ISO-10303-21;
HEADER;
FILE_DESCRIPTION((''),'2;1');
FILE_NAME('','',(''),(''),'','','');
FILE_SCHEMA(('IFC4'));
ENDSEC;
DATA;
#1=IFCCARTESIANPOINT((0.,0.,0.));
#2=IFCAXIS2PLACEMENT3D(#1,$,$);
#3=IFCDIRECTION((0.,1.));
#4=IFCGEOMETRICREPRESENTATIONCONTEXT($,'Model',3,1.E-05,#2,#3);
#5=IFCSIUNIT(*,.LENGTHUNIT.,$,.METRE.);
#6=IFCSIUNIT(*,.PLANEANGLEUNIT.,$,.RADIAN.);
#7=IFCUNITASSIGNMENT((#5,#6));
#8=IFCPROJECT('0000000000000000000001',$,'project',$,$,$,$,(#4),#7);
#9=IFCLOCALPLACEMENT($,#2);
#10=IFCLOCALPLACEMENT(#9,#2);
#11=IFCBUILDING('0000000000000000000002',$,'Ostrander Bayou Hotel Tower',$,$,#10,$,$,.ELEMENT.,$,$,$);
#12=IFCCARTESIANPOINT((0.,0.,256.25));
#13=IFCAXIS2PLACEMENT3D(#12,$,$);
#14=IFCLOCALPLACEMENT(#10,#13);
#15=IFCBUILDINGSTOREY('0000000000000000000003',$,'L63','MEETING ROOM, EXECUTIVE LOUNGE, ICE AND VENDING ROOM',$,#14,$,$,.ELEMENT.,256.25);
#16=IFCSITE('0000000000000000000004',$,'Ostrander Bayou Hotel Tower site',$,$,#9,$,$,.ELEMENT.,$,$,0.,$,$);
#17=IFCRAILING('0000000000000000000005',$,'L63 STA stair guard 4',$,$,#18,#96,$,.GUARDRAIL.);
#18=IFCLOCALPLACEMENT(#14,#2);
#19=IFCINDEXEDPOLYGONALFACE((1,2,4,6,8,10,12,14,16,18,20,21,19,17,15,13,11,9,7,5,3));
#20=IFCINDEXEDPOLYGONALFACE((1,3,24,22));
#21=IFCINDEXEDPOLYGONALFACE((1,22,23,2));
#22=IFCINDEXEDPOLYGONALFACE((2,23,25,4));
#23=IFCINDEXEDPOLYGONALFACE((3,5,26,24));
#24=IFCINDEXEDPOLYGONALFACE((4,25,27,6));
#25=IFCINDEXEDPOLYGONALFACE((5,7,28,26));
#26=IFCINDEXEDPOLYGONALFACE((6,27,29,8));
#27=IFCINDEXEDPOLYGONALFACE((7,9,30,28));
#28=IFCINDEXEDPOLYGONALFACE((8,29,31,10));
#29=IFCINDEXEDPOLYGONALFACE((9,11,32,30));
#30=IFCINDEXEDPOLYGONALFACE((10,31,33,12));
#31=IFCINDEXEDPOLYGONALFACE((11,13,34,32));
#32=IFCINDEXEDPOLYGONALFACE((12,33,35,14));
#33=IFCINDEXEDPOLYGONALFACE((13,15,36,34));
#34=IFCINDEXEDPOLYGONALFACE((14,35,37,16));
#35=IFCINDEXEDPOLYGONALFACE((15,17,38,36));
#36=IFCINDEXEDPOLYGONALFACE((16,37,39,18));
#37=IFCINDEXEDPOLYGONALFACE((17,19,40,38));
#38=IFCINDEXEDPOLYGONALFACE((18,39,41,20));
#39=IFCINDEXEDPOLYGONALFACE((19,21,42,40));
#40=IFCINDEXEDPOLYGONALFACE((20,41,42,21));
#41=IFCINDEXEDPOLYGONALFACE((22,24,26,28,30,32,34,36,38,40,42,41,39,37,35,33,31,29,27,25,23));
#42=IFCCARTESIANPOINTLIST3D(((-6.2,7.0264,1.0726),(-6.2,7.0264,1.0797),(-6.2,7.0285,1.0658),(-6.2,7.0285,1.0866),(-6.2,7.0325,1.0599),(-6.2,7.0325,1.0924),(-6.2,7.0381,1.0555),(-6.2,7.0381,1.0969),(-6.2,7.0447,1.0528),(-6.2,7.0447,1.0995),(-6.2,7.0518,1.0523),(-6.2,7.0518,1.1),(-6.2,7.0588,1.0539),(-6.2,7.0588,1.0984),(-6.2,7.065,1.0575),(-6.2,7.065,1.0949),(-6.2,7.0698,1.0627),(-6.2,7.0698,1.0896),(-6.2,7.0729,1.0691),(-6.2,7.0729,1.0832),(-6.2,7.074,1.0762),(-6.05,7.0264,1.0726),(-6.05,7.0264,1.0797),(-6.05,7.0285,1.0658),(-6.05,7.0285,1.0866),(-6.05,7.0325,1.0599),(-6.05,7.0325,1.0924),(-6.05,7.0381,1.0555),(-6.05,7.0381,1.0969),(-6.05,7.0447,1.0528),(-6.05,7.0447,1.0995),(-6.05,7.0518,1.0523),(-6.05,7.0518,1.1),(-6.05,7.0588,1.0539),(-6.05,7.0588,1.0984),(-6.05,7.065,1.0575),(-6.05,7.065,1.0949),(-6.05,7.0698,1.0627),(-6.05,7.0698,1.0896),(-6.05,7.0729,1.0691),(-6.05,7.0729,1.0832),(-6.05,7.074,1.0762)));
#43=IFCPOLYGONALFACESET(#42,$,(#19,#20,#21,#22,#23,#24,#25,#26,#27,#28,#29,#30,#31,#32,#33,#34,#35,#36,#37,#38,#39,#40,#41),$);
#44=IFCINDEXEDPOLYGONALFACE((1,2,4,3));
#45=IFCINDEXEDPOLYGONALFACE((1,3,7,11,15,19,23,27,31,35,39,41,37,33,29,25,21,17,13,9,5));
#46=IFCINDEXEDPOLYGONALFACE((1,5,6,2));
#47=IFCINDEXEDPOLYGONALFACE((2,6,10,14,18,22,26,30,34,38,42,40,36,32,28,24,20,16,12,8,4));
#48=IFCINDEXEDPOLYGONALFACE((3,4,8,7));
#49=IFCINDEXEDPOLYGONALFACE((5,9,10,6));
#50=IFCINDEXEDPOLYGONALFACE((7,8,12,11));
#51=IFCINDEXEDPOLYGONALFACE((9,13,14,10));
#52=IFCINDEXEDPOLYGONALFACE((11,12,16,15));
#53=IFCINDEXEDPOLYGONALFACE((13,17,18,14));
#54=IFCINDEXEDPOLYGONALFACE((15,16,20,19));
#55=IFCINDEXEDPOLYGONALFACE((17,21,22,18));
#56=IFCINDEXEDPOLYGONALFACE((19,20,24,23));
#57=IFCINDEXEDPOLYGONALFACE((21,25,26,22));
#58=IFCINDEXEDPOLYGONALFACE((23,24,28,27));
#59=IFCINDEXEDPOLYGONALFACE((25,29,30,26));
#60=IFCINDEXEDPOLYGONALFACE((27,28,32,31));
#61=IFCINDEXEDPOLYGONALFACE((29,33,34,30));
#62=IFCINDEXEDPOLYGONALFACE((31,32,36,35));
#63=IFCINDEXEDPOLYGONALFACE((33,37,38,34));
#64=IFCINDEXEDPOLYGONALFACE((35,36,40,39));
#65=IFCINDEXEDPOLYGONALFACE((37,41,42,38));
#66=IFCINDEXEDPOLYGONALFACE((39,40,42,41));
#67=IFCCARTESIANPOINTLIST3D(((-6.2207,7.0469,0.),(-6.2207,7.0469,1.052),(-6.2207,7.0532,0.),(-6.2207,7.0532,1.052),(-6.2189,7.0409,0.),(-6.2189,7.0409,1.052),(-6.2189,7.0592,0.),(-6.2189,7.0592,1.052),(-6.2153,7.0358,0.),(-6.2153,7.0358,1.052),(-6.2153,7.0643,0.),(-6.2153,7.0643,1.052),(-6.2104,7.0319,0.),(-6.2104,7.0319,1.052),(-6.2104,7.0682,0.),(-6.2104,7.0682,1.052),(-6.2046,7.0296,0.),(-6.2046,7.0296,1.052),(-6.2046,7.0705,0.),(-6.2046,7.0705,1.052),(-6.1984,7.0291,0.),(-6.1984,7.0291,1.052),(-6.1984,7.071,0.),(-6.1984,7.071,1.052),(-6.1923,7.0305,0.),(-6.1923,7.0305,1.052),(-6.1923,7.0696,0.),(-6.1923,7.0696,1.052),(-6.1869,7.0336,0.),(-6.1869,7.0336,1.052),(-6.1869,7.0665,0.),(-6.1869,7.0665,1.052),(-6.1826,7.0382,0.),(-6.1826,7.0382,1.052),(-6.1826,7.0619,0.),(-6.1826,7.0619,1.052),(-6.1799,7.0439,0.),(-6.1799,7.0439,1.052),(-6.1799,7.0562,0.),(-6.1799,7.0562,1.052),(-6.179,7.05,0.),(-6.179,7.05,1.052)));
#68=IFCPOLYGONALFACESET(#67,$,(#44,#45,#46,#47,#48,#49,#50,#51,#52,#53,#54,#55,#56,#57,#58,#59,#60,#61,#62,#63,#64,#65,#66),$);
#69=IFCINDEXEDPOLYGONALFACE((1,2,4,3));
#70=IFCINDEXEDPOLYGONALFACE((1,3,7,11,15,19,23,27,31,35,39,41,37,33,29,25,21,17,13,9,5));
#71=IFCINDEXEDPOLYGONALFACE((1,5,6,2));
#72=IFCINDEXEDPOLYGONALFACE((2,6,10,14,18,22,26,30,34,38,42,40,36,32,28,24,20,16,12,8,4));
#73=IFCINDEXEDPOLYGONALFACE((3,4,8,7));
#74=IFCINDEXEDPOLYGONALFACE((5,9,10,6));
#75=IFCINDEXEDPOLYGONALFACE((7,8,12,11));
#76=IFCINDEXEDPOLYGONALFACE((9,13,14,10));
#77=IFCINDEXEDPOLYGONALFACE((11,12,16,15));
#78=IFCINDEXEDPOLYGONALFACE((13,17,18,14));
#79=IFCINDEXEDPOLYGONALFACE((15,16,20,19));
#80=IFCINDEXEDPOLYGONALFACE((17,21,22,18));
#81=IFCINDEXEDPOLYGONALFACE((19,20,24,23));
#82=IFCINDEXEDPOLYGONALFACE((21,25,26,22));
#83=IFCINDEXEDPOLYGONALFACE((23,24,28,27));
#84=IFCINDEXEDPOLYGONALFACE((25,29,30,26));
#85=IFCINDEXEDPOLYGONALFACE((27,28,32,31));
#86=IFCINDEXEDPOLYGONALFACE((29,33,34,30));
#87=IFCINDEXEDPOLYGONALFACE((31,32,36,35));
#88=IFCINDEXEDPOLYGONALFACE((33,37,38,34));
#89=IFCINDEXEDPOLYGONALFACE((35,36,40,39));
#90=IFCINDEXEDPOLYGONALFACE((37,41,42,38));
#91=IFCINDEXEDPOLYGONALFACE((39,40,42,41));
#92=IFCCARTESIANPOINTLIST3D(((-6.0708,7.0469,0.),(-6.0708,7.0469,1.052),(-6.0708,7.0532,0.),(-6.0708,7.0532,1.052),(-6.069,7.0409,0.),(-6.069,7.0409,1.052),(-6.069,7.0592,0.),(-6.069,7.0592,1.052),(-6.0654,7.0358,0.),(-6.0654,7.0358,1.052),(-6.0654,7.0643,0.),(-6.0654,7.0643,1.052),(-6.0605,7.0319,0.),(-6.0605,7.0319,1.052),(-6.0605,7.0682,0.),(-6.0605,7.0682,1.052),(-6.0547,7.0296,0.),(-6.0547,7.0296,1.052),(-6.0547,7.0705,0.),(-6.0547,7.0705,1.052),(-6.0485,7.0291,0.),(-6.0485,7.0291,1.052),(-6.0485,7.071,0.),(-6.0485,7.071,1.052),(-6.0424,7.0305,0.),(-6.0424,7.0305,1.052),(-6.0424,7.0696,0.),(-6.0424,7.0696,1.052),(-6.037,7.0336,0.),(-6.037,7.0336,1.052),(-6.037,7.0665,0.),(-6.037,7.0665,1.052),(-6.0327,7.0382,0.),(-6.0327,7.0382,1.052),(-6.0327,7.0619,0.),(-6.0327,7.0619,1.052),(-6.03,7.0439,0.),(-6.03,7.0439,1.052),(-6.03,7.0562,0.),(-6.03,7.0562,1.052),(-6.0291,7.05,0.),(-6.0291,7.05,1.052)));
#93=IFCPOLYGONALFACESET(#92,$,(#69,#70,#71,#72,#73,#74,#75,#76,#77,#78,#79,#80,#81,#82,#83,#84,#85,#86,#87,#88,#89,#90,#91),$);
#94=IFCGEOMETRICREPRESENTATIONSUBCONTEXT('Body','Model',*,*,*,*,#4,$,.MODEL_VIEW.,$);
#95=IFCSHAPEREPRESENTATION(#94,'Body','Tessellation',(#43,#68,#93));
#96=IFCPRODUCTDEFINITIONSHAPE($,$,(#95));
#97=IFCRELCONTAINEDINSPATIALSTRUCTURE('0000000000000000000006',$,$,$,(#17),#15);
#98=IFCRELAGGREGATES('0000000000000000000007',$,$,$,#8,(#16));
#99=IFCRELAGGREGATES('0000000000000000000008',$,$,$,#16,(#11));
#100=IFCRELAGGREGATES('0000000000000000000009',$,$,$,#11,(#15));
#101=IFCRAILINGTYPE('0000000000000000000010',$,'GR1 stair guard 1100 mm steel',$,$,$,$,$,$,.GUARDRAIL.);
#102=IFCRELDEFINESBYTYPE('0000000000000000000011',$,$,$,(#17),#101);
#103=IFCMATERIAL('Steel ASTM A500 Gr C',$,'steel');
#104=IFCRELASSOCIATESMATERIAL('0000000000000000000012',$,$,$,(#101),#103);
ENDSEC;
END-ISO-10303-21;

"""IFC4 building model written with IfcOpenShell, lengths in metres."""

from ifc_helpers import new_model, si_unit, direction, frame, origin, origin_2d, place, context, subcontext, project, spatial, circle, extrude, material, type_object, element, save


model = new_model("IFC4")

# Units and contexts
model_context = context("Model", 3, precision=1e-05, world=origin(), true_north=direction((0.0, 1.0)))
body_context = subcontext(model_context, "Body", "Model", "MODEL_VIEW")
ifc_project = project(units=[si_unit("LENGTHUNIT", "METRE"), si_unit("PLANEANGLEUNIT", "RADIAN")], contexts=[model_context])

# Site, building, storey
site_placement = place(None, origin())
site = spatial("IfcSite", under=ifc_project, at=site_placement, Name="Ostrander Bayou Hotel Tower site", CompositionType="ELEMENT", RefElevation=0.0)
building_placement = place(site_placement, origin())
building = spatial("IfcBuilding", under=site, at=building_placement, Name="Ostrander Bayou Hotel Tower", CompositionType="ELEMENT")
storey_placement = place(building_placement, frame((0.0, 0.0, 256.25)))
storey = spatial("IfcBuildingStorey", under=building, at=storey_placement, Name="L63", Description="MEETING ROOM, EXECUTIVE LOUNGE, ICE AND VENDING ROOM", CompositionType="ELEMENT", Elevation=256.25)

# Railing
ifc_material_1 = material(Name="Steel ASTM A500 Gr C", Category="steel")
railing_type_1 = type_object("IfcRailingType", Name="GR1 stair guard 1100 mm steel", PredefinedType="GUARDRAIL", material=ifc_material_1)
railing_1_placement = place(storey_placement, frame((-6.2, 7.05, 0.0)))
element("IfcRailing", 1, at=railing_1_placement, inside=storey, type_object=railing_type_1, Name="L63 STA stair guard 4", PredefinedType="GUARDRAIL", context=body_context, shape_type="SweptSolid", body=[
    extrude(circle(Radius=0.0239, at=origin_2d()), frame((0.0, 0.0, 1.0762), z_axis=(1.0, 0.0, 0.0), x_axis=(0.0, 1.0, 0.0)), (0.0, 0.0, 1.0), 0.1499),
    extrude(circle(Radius=0.021, at=origin_2d()), origin(), (0.0, 0.0, 1.0), 1.052),
    extrude(circle(Radius=0.021, at=origin_2d()), frame((0.1499, 0.0, 0.0)), (0.0, 0.0, 1.0), 1.052),
])

save(model, "model.ifc")
